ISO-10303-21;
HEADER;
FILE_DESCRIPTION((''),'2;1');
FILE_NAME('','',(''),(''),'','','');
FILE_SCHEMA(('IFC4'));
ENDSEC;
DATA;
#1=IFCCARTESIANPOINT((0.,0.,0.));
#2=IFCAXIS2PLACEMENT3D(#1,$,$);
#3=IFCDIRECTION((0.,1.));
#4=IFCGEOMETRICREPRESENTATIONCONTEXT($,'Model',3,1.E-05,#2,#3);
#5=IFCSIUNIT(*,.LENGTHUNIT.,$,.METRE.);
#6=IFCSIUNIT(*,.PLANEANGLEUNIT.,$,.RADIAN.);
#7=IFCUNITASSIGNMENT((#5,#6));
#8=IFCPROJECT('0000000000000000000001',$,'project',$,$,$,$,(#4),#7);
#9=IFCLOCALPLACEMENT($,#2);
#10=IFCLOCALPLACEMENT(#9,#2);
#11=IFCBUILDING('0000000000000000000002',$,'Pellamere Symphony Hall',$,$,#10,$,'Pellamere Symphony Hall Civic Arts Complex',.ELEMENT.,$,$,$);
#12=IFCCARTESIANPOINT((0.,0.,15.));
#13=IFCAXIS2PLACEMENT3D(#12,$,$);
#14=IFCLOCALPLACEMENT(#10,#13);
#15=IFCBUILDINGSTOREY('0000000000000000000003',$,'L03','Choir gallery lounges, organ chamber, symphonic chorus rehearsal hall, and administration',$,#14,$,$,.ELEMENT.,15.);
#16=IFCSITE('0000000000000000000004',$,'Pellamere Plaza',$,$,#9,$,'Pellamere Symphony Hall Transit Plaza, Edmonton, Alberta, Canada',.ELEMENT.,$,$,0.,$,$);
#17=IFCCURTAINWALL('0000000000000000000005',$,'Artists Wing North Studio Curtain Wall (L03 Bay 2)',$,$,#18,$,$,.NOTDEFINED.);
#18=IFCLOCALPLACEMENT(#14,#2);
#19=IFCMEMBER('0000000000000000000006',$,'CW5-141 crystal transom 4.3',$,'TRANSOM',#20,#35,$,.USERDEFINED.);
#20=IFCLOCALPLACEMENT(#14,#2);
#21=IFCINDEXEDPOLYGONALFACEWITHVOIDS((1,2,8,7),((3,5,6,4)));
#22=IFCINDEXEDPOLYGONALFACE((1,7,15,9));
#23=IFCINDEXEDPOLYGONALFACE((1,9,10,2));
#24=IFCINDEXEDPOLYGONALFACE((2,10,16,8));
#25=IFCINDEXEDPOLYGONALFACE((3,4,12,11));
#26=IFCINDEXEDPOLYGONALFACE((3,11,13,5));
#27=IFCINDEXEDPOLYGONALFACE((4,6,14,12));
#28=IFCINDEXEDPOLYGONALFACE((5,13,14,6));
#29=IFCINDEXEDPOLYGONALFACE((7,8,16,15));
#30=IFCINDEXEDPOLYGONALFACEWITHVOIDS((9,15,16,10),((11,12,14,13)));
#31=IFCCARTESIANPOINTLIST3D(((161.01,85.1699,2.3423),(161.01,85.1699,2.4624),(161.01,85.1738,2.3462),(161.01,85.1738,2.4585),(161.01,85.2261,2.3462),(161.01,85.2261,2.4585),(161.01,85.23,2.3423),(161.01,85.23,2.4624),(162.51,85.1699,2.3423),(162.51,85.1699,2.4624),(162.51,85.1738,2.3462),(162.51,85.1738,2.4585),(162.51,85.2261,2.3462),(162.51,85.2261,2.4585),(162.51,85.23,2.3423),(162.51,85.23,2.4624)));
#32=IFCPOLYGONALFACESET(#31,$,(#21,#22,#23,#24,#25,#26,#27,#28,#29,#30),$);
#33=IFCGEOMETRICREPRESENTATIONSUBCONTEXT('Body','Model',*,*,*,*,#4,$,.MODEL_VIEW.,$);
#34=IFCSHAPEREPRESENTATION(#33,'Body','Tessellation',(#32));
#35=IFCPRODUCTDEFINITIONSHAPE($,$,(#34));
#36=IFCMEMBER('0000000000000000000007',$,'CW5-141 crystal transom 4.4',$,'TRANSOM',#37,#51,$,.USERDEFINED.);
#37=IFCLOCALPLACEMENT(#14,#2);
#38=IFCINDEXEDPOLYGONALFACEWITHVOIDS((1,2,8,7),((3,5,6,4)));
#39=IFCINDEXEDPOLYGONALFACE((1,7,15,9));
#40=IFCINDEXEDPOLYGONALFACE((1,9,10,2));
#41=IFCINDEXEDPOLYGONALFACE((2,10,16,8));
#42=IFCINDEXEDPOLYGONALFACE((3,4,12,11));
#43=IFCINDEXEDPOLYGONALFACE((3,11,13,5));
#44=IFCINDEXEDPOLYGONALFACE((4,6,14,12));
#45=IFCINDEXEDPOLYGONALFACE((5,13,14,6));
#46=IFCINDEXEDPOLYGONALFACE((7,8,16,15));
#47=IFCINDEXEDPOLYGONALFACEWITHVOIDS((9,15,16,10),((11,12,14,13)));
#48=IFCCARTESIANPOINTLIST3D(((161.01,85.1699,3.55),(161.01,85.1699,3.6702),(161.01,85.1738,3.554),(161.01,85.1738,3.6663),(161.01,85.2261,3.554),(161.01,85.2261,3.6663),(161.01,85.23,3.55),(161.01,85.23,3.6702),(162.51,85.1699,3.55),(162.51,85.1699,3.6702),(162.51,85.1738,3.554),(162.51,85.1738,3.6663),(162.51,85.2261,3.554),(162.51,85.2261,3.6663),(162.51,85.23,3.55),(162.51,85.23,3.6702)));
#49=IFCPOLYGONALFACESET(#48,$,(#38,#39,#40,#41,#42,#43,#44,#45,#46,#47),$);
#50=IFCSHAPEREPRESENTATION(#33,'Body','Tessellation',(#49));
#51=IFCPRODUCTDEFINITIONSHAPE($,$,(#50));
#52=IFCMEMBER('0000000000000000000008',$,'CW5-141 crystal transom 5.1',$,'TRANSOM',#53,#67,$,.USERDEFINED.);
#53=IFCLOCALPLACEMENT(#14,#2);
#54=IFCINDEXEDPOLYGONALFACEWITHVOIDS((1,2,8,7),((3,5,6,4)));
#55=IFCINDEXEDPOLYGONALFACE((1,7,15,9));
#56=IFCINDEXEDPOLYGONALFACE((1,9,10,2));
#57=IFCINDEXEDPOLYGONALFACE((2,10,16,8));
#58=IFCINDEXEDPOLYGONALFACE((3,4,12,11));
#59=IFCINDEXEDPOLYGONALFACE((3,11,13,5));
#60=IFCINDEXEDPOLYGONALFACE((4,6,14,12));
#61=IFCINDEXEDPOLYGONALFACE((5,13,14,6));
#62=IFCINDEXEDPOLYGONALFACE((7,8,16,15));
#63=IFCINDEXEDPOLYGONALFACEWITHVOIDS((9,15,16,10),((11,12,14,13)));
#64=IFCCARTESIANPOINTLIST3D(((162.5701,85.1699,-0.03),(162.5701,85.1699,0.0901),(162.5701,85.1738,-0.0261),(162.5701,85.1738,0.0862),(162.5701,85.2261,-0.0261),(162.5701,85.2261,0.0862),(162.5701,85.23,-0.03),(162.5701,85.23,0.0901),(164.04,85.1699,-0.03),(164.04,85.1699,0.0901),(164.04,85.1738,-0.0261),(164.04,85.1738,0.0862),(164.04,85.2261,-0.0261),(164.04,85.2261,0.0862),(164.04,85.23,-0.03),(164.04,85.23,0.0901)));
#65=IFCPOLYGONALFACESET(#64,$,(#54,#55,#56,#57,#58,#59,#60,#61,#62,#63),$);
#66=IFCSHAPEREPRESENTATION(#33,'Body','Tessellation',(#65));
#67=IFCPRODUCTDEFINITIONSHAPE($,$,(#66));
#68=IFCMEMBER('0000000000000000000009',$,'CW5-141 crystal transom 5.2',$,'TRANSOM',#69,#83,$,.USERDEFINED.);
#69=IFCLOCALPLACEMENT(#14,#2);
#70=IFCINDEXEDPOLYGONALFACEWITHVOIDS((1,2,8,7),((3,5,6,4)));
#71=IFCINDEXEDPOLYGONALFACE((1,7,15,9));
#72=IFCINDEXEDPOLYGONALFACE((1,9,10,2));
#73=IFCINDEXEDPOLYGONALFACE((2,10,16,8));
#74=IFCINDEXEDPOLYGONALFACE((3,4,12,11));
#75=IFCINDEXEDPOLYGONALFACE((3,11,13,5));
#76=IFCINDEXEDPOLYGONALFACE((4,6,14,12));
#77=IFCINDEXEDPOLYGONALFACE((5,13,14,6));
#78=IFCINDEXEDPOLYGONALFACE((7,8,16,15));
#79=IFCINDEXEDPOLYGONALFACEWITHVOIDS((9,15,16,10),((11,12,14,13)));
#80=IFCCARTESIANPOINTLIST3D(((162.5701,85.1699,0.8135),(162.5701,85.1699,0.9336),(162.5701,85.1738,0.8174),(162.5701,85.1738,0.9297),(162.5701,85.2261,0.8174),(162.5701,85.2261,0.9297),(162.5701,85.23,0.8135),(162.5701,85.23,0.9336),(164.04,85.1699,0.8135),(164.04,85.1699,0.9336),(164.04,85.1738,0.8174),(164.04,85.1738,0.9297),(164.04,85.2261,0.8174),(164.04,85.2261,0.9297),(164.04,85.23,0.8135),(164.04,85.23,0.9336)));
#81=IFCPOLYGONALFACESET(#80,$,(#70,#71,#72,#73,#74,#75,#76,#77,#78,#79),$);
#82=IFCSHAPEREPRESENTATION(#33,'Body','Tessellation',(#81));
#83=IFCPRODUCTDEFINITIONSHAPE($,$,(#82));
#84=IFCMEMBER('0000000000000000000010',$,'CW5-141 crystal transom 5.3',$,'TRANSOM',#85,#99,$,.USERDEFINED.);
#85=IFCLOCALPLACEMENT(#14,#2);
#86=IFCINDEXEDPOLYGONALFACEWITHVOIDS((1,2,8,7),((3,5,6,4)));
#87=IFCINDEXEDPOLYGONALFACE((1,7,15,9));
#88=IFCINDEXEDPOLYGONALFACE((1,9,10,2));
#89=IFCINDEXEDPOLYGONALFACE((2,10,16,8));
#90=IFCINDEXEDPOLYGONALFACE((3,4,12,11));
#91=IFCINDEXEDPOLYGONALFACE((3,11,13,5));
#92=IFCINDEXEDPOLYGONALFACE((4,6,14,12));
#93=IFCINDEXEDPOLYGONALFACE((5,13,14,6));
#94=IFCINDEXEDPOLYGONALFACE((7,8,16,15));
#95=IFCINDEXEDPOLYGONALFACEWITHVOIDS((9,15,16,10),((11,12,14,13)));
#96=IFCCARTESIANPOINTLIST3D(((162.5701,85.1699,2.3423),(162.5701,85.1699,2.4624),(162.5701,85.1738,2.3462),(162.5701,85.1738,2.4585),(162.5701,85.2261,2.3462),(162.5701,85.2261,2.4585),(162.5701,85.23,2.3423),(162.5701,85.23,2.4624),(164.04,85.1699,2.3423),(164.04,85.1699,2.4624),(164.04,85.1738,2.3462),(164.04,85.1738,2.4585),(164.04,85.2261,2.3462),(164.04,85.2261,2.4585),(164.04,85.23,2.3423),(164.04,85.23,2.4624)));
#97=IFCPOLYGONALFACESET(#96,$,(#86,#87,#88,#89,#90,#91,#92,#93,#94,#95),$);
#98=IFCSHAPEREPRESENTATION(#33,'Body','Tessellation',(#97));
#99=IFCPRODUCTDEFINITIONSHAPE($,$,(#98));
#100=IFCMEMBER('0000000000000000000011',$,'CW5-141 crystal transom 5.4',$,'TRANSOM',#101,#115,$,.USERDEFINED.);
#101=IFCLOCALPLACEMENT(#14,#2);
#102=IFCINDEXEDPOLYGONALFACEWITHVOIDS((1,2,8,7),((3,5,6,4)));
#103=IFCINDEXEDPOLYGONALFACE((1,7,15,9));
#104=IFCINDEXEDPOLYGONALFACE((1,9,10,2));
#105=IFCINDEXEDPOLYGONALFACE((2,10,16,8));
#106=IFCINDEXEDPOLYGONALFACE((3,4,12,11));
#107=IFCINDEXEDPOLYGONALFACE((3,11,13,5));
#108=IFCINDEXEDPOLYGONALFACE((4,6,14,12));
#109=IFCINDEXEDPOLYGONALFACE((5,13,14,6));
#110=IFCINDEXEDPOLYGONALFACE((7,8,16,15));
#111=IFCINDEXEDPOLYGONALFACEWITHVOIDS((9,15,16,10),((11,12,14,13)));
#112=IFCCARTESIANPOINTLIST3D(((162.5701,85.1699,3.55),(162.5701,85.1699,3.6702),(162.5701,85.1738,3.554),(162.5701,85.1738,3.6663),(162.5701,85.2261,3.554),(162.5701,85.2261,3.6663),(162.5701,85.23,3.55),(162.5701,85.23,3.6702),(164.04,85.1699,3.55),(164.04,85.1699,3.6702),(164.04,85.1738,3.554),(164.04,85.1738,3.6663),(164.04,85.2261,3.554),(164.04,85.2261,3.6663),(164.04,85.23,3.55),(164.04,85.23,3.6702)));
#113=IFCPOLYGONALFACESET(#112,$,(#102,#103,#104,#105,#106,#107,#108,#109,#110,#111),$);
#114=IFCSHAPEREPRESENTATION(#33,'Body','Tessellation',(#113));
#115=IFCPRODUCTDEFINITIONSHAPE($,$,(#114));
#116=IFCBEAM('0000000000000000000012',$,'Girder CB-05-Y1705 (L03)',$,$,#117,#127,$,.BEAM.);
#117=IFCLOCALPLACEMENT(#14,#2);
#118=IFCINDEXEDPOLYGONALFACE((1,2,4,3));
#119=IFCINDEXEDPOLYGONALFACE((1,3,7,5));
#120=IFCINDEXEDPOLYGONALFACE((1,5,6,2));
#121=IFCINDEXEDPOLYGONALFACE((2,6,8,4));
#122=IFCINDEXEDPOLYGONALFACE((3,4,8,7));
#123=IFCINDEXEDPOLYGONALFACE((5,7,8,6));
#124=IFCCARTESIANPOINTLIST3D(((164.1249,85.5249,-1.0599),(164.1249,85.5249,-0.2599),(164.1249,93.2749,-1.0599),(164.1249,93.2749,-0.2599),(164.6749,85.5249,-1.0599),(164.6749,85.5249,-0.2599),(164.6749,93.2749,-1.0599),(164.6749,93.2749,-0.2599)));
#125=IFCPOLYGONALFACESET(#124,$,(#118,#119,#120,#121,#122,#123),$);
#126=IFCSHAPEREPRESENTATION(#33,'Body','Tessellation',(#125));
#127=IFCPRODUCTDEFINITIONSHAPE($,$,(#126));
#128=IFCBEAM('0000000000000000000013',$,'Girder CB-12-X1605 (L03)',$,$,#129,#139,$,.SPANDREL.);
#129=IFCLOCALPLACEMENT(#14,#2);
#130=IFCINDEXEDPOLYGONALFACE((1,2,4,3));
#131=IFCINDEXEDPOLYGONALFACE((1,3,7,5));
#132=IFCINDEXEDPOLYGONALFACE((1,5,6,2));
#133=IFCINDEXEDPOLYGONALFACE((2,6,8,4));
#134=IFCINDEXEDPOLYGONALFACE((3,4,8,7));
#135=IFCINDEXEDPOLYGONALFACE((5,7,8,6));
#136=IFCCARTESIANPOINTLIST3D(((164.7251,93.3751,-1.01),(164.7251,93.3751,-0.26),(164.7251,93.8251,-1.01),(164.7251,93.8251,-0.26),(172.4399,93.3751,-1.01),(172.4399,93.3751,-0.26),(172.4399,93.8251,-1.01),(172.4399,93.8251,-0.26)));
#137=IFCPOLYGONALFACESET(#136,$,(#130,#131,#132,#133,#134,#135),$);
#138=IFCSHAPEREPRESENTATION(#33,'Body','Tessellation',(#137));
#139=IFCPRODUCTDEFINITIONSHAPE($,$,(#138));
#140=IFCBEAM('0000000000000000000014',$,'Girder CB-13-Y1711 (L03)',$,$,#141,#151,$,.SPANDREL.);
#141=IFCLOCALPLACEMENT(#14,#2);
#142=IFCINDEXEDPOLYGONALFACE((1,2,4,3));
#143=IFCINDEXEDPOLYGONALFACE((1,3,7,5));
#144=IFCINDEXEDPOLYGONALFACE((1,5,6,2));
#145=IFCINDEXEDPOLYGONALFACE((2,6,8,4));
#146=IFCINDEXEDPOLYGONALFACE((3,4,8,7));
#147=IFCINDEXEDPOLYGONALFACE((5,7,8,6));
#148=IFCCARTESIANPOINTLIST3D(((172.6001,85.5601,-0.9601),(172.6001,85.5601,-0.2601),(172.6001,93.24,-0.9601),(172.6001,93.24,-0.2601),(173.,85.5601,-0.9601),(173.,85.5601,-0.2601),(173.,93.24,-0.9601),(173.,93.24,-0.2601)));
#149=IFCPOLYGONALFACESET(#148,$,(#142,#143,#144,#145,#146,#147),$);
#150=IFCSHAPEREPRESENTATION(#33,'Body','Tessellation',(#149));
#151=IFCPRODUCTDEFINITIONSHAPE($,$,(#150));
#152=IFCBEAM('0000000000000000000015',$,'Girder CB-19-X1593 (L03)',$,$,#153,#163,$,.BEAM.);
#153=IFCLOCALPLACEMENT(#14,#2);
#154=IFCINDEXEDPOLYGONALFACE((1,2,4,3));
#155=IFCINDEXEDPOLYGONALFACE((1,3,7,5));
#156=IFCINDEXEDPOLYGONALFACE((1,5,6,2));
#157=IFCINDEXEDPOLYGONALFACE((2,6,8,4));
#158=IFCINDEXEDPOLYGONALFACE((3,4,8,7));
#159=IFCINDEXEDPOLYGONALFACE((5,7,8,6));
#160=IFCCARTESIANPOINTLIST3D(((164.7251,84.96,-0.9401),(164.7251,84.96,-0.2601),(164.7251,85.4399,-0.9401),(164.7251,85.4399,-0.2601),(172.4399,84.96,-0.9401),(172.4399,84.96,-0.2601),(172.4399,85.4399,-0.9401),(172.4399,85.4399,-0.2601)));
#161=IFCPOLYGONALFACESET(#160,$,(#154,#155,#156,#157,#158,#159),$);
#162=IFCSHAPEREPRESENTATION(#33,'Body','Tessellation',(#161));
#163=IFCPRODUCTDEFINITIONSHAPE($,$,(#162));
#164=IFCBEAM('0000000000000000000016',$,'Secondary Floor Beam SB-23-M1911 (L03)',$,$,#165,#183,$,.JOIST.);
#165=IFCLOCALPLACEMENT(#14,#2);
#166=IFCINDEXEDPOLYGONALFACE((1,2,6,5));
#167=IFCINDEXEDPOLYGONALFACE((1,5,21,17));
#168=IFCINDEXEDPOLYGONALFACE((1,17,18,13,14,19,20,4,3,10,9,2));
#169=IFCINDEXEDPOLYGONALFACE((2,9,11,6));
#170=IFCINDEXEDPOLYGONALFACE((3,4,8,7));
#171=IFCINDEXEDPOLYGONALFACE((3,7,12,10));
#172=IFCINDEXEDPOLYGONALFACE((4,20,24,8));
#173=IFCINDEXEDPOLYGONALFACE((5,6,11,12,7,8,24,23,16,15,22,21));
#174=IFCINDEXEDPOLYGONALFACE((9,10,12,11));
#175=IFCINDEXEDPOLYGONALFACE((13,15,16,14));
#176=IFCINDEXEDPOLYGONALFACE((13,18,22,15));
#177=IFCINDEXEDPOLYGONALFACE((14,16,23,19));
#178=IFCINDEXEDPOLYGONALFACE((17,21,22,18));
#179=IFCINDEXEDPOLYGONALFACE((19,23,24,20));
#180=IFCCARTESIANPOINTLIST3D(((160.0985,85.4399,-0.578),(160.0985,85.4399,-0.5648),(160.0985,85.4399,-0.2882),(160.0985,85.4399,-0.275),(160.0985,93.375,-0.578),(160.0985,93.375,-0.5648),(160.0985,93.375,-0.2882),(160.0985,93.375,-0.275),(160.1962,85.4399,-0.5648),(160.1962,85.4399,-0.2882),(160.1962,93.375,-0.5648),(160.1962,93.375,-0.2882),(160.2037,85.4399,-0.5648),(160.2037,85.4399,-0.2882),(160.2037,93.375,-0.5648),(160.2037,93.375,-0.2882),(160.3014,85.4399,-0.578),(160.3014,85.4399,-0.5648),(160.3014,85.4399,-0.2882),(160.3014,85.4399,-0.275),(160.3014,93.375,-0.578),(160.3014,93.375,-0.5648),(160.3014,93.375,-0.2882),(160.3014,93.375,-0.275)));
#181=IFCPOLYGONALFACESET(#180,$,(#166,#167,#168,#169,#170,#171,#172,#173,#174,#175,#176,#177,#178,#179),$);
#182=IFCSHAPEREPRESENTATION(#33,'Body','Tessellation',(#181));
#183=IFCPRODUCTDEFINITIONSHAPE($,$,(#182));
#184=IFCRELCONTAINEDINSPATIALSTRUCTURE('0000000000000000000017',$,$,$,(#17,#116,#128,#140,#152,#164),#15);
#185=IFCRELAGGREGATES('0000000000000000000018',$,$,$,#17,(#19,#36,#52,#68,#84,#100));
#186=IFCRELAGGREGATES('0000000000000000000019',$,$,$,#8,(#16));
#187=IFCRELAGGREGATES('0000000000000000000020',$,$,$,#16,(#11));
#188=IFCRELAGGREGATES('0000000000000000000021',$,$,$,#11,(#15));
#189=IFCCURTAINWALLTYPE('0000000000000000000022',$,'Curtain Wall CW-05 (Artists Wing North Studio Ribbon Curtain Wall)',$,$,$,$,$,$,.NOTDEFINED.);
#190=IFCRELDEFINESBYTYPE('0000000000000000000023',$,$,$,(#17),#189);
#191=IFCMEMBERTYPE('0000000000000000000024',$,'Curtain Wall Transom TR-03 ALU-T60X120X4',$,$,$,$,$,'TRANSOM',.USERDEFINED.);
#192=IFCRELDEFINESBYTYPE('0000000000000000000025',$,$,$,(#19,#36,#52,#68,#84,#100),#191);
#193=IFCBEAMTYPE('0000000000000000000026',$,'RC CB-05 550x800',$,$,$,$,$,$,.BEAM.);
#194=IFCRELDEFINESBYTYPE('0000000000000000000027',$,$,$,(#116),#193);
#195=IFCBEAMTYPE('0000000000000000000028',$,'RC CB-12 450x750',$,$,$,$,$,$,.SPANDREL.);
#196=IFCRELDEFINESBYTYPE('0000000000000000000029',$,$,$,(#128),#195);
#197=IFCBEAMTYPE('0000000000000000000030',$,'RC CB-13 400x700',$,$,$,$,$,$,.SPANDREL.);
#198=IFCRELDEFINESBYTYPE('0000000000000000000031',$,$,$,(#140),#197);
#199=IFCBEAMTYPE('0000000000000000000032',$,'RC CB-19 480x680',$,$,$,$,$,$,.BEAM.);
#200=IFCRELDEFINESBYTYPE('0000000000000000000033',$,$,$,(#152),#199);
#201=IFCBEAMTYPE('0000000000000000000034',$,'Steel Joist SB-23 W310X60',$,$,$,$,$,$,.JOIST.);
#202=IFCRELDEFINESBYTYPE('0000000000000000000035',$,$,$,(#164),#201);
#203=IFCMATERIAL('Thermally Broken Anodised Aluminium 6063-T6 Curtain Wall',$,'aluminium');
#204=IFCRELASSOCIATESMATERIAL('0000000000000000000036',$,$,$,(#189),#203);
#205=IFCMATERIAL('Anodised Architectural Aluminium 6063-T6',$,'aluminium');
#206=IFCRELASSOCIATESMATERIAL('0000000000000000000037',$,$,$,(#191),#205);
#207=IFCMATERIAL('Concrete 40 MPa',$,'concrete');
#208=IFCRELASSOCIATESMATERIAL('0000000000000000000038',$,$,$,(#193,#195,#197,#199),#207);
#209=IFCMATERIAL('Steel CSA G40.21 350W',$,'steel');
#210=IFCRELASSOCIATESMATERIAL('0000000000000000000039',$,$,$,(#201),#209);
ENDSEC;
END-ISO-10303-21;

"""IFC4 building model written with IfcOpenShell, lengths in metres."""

from ifc_helpers import new_model, si_unit, direction, frame, origin, origin_2d, place, context, subcontext, project, spatial, rectangle, hollow_rectangle, i_section, extrude, material, material_profile, profile_set, type_object, element, aggregate, save


model = new_model("IFC4")

# Units and contexts
model_context = context("Model", 3, precision=1e-05, world=origin(), true_north=direction((0.0, 1.0)))
body_context = subcontext(model_context, "Body", "Model", "MODEL_VIEW")
ifc_project = project(units=[si_unit("LENGTHUNIT", "METRE"), si_unit("PLANEANGLEUNIT", "RADIAN")], contexts=[model_context])

# Site, building, storey
site_placement = place(None, origin())
site = spatial("IfcSite", under=ifc_project, at=site_placement, Name="Pellamere Plaza", LongName="Pellamere Symphony Hall Transit Plaza, Edmonton, Alberta, Canada", CompositionType="ELEMENT", RefElevation=0.0)
building_placement = place(site_placement, origin())
building = spatial("IfcBuilding", under=site, at=building_placement, Name="Pellamere Symphony Hall", LongName="Pellamere Symphony Hall Civic Arts Complex", CompositionType="ELEMENT")
storey_placement = place(building_placement, frame((0.0, 0.0, 15.0)))
storey = spatial("IfcBuildingStorey", under=building, at=storey_placement, Name="L03", Description="Choir gallery lounges, organ chamber, symphonic chorus rehearsal hall, and administration", CompositionType="ELEMENT", Elevation=15.0)

# Shared definitions
ifc_material_1 = material(Name="Concrete 40 MPa", Category="concrete")

# Curtain wall, members
ifc_material_2 = material(Name="Thermally Broken Anodised Aluminium 6063-T6 Curtain Wall", Category="aluminium")
curtain_wall_type = type_object("IfcCurtainWallType", Name="Curtain Wall CW-05 (Artists Wing North Studio Ribbon Curtain Wall)", PredefinedType="NOTDEFINED", material=ifc_material_2)
curtain_wall_placement = place(storey_placement, origin())
curtain_wall = element("IfcCurtainWall", 1, at=curtain_wall_placement, inside=storey, type_object=curtain_wall_type, Name="Artists Wing North Studio Curtain Wall (L03 Bay 2)", PredefinedType="NOTDEFINED")
ifc_material_3 = material(Name="Anodised Architectural Aluminium 6063-T6", Category="aluminium")
ifc_material_profile_1 = material_profile(ifc_material_3, hollow_rectangle(XDim=0.0601, YDim=0.1201, WallThickness=0.0039, at=origin_2d()), Name="ALU-T60X120X4")
ifc_profile_set_1 = profile_set([ifc_material_profile_1], Name="Anodised Architectural Aluminium 6063-T6")
member_type_1 = type_object("IfcMemberType", Name="Curtain Wall Transom TR-03 ALU-T60X120X4", ElementType="TRANSOM", PredefinedType="USERDEFINED", material=ifc_profile_set_1)
member_1_placement = place(storey_placement, frame((161.01, 85.2, 2.4023), z_axis=(1.0, 0.0, 0.0), x_axis=(0.0, 1.0, 0.0)))
member_1 = element("IfcMember", 2, at=member_1_placement, type_object=member_type_1, Name="CW5-141 crystal transom 4.3", ObjectType="TRANSOM", PredefinedType="USERDEFINED", context=body_context, shape_type="SweptSolid", body=[
    extrude(hollow_rectangle(XDim=0.0601, YDim=0.1201, WallThickness=0.0039, at=origin_2d()), origin(), (0.0, 0.0, 1.0), 1.5),
])
member_2_placement = place(storey_placement, frame((161.01, 85.2, 3.6101), z_axis=(1.0, 0.0, 0.0), x_axis=(0.0, 1.0, 0.0)))
member_2 = element("IfcMember", 3, at=member_2_placement, type_object=member_type_1, Name="CW5-141 crystal transom 4.4", ObjectType="TRANSOM", PredefinedType="USERDEFINED", context=body_context, shape_type="SweptSolid", body=[
    extrude(hollow_rectangle(XDim=0.0601, YDim=0.1201, WallThickness=0.0039, at=origin_2d()), origin(), (0.0, 0.0, 1.0), 1.5),
])
member_3_placement = place(storey_placement, frame((162.5701, 85.2, 0.03), z_axis=(1.0, 0.0, 0.0), x_axis=(0.0, 1.0, 0.0)))
member_3 = element("IfcMember", 4, at=member_3_placement, type_object=member_type_1, Name="CW5-141 crystal transom 5.1", ObjectType="TRANSOM", PredefinedType="USERDEFINED", context=body_context, shape_type="SweptSolid", body=[
    extrude(hollow_rectangle(XDim=0.0601, YDim=0.1201, WallThickness=0.0039, at=origin_2d()), origin(), (0.0, 0.0, 1.0), 1.47),
])
member_4_placement = place(storey_placement, frame((162.5701, 85.2, 0.8735), z_axis=(1.0, 0.0, 0.0), x_axis=(0.0, 1.0, 0.0)))
member_4 = element("IfcMember", 5, at=member_4_placement, type_object=member_type_1, Name="CW5-141 crystal transom 5.2", ObjectType="TRANSOM", PredefinedType="USERDEFINED", context=body_context, shape_type="SweptSolid", body=[
    extrude(hollow_rectangle(XDim=0.0601, YDim=0.1201, WallThickness=0.0039, at=origin_2d()), origin(), (0.0, 0.0, 1.0), 1.47),
])
member_5_placement = place(storey_placement, frame((162.5701, 85.2, 2.4023), z_axis=(1.0, 0.0, 0.0), x_axis=(0.0, 1.0, 0.0)))
member_5 = element("IfcMember", 6, at=member_5_placement, type_object=member_type_1, Name="CW5-141 crystal transom 5.3", ObjectType="TRANSOM", PredefinedType="USERDEFINED", context=body_context, shape_type="SweptSolid", body=[
    extrude(hollow_rectangle(XDim=0.0601, YDim=0.1201, WallThickness=0.0039, at=origin_2d()), origin(), (0.0, 0.0, 1.0), 1.47),
])
member_6_placement = place(storey_placement, frame((162.5701, 85.2, 3.6101), z_axis=(1.0, 0.0, 0.0), x_axis=(0.0, 1.0, 0.0)))
member_6 = element("IfcMember", 7, at=member_6_placement, type_object=member_type_1, Name="CW5-141 crystal transom 5.4", ObjectType="TRANSOM", PredefinedType="USERDEFINED", context=body_context, shape_type="SweptSolid", body=[
    extrude(hollow_rectangle(XDim=0.0601, YDim=0.1201, WallThickness=0.0039, at=origin_2d()), origin(), (0.0, 0.0, 1.0), 1.47),
])

# Beams
ifc_material_profile_2 = material_profile(ifc_material_1, rectangle(XDim=0.55, YDim=0.8, at=origin_2d()), Name="RC 550x800")
ifc_profile_set_2 = profile_set([ifc_material_profile_2], Name="Concrete 40 MPa")
beam_type_1 = type_object("IfcBeamType", Name="RC CB-05 550x800", PredefinedType="BEAM", material=ifc_profile_set_2)
beam_1_placement = place(storey_placement, frame((164.3999, 85.5249, -0.6599), z_axis=(0.0, 1.0, 0.0), x_axis=(-1.0, 0.0, 0.0)))
element("IfcBeam", 8, at=beam_1_placement, inside=storey, type_object=beam_type_1, Name="Girder CB-05-Y1705 (L03)", PredefinedType="BEAM", context=body_context, shape_type="SweptSolid", body=[
    extrude(rectangle(XDim=0.55, YDim=0.8, at=origin_2d()), origin(), (0.0, 0.0, 1.0), 7.75),
])
ifc_material_profile_3 = material_profile(ifc_material_1, rectangle(XDim=0.45, YDim=0.75, at=origin_2d()), Name="RC 450x750")
ifc_profile_set_3 = profile_set([ifc_material_profile_3], Name="Concrete 40 MPa")
beam_type_2 = type_object("IfcBeamType", Name="RC CB-12 450x750", PredefinedType="SPANDREL", material=ifc_profile_set_3)
beam_2_placement = place(storey_placement, frame((164.7251, 93.6001, -0.635), z_axis=(1.0, 0.0, 0.0), x_axis=(0.0, 1.0, 0.0)))
element("IfcBeam", 9, at=beam_2_placement, inside=storey, type_object=beam_type_2, Name="Girder CB-12-X1605 (L03)", PredefinedType="SPANDREL", context=body_context, shape_type="SweptSolid", body=[
    extrude(rectangle(XDim=0.45, YDim=0.75, at=origin_2d()), origin(), (0.0, 0.0, 1.0), 7.7148),
])
ifc_material_profile_4 = material_profile(ifc_material_1, rectangle(XDim=0.3999, YDim=0.7, at=origin_2d()), Name="RC 400x700")
ifc_profile_set_4 = profile_set([ifc_material_profile_4], Name="Concrete 40 MPa")
beam_type_3 = type_object("IfcBeamType", Name="RC CB-13 400x700", PredefinedType="SPANDREL", material=ifc_profile_set_4)
beam_3_placement = place(storey_placement, frame((172.8, 85.5601, -0.6101), z_axis=(0.0, 1.0, 0.0), x_axis=(-1.0, 0.0, 0.0)))
element("IfcBeam", 10, at=beam_3_placement, inside=storey, type_object=beam_type_3, Name="Girder CB-13-Y1711 (L03)", PredefinedType="SPANDREL", context=body_context, shape_type="SweptSolid", body=[
    extrude(rectangle(XDim=0.3999, YDim=0.7, at=origin_2d()), origin(), (0.0, 0.0, 1.0), 7.6799),
])
ifc_material_profile_5 = material_profile(ifc_material_1, rectangle(XDim=0.48, YDim=0.6799, at=origin_2d()), Name="RC 480x680")
ifc_profile_set_5 = profile_set([ifc_material_profile_5], Name="Concrete 40 MPa")
beam_type_4 = type_object("IfcBeamType", Name="RC CB-19 480x680", PredefinedType="BEAM", material=ifc_profile_set_5)
beam_4_placement = place(storey_placement, frame((164.7251, 85.2, -0.6001), z_axis=(1.0, 0.0, 0.0), x_axis=(0.0, 1.0, 0.0)))
element("IfcBeam", 11, at=beam_4_placement, inside=storey, type_object=beam_type_4, Name="Girder CB-19-X1593 (L03)", PredefinedType="BEAM", context=body_context, shape_type="SweptSolid", body=[
    extrude(rectangle(XDim=0.48, YDim=0.6799, at=origin_2d()), origin(), (0.0, 0.0, 1.0), 7.7148),
])
ifc_material_4 = material(Name="Steel CSA G40.21 350W", Category="steel")
ifc_material_profile_6 = material_profile(ifc_material_4, i_section(OverallWidth=0.2029, OverallDepth=0.303, WebThickness=0.0076, FlangeThickness=0.0132, at=origin_2d()), Name="W310X60")
ifc_profile_set_6 = profile_set([ifc_material_profile_6], Name="Steel CSA G40.21 350W")
beam_type_5 = type_object("IfcBeamType", Name="Steel Joist SB-23 W310X60", PredefinedType="JOIST", material=ifc_profile_set_6)
beam_5_placement = place(storey_placement, frame((160.2, 85.4399, -0.4265), z_axis=(0.0, 1.0, 0.0), x_axis=(-1.0, 0.0, 0.0)))
element("IfcBeam", 12, at=beam_5_placement, inside=storey, type_object=beam_type_5, Name="Secondary Floor Beam SB-23-M1911 (L03)", PredefinedType="JOIST", context=body_context, shape_type="SweptSolid", body=[
    extrude(i_section(OverallWidth=0.2029, OverallDepth=0.303, WebThickness=0.0076, FlangeThickness=0.0132, at=origin_2d()), origin(), (0.0, 0.0, 1.0), 7.9351),
])

aggregate(curtain_wall, [member_1, member_2, member_3, member_4, member_5, member_6])

save(model, "model.ifc")
